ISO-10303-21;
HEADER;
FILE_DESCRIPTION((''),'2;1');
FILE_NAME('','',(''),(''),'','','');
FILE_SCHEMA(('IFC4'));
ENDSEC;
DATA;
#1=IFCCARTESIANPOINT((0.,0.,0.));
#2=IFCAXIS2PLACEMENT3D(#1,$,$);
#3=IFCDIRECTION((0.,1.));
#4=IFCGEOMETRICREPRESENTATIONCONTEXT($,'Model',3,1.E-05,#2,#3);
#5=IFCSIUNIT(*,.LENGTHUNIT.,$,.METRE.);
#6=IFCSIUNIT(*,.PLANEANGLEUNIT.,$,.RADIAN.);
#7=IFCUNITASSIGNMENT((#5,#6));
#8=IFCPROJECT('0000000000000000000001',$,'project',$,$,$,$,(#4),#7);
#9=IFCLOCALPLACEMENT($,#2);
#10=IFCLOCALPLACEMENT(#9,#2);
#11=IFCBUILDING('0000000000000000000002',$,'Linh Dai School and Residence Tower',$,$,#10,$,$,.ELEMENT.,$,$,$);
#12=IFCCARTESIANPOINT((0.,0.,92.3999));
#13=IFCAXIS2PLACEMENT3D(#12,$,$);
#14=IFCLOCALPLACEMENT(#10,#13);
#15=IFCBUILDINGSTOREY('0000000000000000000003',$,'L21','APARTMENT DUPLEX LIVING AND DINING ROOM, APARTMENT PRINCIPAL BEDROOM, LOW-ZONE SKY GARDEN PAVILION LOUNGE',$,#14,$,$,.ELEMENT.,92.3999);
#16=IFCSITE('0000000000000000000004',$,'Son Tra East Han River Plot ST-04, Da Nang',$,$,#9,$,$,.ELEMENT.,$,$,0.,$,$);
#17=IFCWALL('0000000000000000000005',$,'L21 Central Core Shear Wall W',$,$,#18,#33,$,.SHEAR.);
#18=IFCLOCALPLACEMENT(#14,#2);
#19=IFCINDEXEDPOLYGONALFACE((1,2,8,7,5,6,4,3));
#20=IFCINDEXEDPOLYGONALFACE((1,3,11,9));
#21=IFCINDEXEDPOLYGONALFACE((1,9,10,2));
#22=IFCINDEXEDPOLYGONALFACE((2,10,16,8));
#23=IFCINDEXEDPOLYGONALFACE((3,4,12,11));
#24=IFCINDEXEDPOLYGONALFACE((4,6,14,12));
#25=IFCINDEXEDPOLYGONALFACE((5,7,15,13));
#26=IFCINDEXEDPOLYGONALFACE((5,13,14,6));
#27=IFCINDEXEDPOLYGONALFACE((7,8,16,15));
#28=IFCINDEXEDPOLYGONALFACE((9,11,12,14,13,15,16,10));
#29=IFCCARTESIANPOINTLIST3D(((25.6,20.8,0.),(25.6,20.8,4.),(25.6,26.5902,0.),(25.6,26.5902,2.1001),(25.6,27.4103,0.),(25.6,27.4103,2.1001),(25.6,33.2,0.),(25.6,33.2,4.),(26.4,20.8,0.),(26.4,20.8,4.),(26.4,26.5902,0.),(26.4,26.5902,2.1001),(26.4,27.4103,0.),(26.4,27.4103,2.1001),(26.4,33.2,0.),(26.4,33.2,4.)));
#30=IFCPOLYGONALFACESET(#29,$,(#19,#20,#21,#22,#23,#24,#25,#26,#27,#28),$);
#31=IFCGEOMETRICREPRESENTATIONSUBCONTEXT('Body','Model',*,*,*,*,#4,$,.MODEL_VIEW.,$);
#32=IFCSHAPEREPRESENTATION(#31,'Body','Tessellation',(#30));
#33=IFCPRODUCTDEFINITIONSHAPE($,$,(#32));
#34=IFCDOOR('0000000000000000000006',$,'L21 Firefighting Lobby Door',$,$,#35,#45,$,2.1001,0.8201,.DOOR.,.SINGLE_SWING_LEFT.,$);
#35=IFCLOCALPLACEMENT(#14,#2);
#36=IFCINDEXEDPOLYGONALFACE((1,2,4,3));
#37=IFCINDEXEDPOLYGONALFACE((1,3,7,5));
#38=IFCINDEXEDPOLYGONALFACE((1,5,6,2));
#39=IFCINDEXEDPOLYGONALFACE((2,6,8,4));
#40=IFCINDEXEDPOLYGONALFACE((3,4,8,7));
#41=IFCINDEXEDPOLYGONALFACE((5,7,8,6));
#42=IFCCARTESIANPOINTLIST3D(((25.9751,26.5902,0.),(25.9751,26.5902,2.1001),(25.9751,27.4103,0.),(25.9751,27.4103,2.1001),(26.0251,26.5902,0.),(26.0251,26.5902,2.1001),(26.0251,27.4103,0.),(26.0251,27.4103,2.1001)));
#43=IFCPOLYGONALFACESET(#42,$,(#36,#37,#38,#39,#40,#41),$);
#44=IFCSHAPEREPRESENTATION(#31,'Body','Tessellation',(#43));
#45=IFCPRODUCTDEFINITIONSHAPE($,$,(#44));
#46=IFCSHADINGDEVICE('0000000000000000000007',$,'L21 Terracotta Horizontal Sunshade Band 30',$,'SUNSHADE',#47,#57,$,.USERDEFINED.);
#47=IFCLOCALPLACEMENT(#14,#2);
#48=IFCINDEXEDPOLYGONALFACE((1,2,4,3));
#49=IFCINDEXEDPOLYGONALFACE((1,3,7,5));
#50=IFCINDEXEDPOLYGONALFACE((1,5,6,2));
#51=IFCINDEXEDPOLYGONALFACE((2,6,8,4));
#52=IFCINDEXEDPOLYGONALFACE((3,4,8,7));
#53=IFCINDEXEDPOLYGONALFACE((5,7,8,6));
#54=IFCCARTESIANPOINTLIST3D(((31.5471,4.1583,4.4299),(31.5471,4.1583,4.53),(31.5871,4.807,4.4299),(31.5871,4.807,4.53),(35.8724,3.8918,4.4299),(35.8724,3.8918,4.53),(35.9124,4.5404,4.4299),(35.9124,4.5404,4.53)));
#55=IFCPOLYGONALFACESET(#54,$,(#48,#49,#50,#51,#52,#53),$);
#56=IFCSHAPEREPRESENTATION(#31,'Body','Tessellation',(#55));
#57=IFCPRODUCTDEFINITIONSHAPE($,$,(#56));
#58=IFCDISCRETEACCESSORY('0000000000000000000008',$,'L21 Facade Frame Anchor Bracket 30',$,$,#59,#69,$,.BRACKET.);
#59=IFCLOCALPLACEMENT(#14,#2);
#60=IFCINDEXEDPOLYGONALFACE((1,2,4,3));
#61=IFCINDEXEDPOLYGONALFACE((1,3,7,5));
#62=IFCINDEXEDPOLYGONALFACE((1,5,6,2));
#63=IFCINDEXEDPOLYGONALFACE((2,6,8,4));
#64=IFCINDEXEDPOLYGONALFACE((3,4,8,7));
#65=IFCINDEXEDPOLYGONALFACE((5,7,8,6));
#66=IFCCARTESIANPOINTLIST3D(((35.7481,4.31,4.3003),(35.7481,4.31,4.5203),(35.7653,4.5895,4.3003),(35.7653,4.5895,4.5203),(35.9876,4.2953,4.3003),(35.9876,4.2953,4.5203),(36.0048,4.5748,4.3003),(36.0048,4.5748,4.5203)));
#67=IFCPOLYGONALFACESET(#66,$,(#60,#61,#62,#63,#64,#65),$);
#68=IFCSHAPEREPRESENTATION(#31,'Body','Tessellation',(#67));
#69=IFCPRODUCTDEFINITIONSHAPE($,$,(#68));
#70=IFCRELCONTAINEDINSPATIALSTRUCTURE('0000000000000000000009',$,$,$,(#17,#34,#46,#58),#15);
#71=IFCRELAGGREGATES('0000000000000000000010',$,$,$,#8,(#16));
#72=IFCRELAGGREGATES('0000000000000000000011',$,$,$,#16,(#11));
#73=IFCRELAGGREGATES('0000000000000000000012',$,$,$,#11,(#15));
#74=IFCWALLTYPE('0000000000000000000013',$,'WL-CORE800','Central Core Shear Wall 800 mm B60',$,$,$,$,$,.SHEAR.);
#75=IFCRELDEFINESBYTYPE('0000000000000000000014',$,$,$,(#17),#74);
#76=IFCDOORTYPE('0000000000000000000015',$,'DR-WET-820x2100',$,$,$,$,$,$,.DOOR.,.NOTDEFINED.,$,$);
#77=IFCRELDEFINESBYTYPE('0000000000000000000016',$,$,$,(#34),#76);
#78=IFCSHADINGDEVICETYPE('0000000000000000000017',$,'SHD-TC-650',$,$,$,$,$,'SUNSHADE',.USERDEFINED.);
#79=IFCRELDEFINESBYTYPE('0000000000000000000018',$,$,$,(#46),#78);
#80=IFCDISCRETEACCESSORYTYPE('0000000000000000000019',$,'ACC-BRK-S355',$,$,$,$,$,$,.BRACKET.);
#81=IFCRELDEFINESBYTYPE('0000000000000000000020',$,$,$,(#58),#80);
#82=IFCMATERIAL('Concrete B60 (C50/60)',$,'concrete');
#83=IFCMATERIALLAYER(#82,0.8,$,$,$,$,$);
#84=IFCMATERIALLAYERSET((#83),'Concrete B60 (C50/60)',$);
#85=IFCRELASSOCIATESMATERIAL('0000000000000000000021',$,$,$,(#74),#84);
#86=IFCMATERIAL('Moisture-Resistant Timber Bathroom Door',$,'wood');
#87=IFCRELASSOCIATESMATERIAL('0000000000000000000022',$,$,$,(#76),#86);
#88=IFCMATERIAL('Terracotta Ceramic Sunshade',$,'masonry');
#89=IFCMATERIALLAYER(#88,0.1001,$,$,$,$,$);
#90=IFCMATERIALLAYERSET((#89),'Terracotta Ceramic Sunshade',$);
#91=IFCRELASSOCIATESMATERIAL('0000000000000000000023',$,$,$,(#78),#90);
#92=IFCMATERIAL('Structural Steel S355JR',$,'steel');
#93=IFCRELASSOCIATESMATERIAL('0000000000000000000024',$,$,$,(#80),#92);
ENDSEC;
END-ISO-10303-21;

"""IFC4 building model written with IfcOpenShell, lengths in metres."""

from ifc_helpers import new_model, si_unit, direction, frame, frame_2d, origin, origin_2d, place, context, subcontext, project, spatial, rectangle, extrude, source, transform, mapped, material, layer, layer_set, type_object, element, fill, save


model = new_model("IFC4")

# Units and contexts
model_context = context("Model", 3, precision=1e-05, world=origin(), true_north=direction((0.0, 1.0)))
body_context = subcontext(model_context, "Body", "Model", "MODEL_VIEW")
ifc_project = project(units=[si_unit("LENGTHUNIT", "METRE"), si_unit("PLANEANGLEUNIT", "RADIAN")], contexts=[model_context])

# Site, building, storey
site_placement = place(None, origin())
site = spatial("IfcSite", under=ifc_project, at=site_placement, Name="Son Tra East Han River Plot ST-04, Da Nang", CompositionType="ELEMENT", RefElevation=0.0)
building_placement = place(site_placement, origin())
building = spatial("IfcBuilding", under=site, at=building_placement, Name="Linh Dai School and Residence Tower", CompositionType="ELEMENT")
storey_placement = place(building_placement, frame((0.0, 0.0, 92.3999)))
storey = spatial("IfcBuildingStorey", under=building, at=storey_placement, Name="L21", Description="APARTMENT DUPLEX LIVING AND DINING ROOM, APARTMENT PRINCIPAL BEDROOM, LOW-ZONE SKY GARDEN PAVILION LOUNGE", CompositionType="ELEMENT", Elevation=92.3999)

# Shared definitions
ifc_material_1 = material(Name="Concrete B60 (C50/60)", Category="concrete")
ifc_material_2 = material(Name="Structural Steel S355JR", Category="steel")

# Wall, opening, door
ifc_layer_1 = layer(ifc_material_1, 0.8)
ifc_layer_set_1 = layer_set([ifc_layer_1], Name="Concrete B60 (C50/60)")
wall_type_1 = type_object("IfcWallType", Name="WL-CORE800", Description="Central Core Shear Wall 800 mm B60", PredefinedType="SHEAR", material=ifc_layer_set_1)
wall_1_placement = place(storey_placement, frame((26.0, 20.8, 0.0), z_axis=(0.0, 0.0, 1.0), x_axis=(0.0, 1.0, 0.0)))
wall_1 = element("IfcWall", 1, at=wall_1_placement, inside=storey, type_object=wall_type_1, Name="L21 Central Core Shear Wall W", PredefinedType="SHEAR", context=body_context, shape_type="SweptSolid", body=[
    extrude(rectangle(XDim=12.3999, YDim=0.8, at=frame_2d((6.2, 0.0))), origin(), (0.0, 0.0, 1.0), 4.0),
])
opening_1_placement = place(wall_1_placement, frame((5.79, 0.0, 0.0)))
opening_1 = element("IfcOpeningElement", 2, at=opening_1_placement, cuts=wall_1, PredefinedType="OPENING", context=body_context, shape_type="SweptSolid", body=[
    extrude(rectangle(XDim=0.8201, YDim=2.1001, at=origin_2d()), frame((0.4102, 0.4102, 1.05), z_axis=(0.0, -1.0, 0.0), x_axis=(1.0, 0.0, 0.0)), (0.0, 0.0, 1.0), 0.8201),
])
ifc_material_3 = material(Name="Moisture-Resistant Timber Bathroom Door", Category="wood")
door_type_1 = type_object("IfcDoorType", Name="DR-WET-820x2100", OperationType="NOTDEFINED", PredefinedType="DOOR", material=ifc_material_3)
shared_shape_1 = source(origin(), body_context, "Body", "SweptSolid", [
    extrude(rectangle(XDim=0.8201, YDim=2.1001, at=origin_2d()), frame((0.4102, 0.0249, 1.05), z_axis=(0.0, -1.0, 0.0), x_axis=(1.0, 0.0, 0.0)), (0.0, 0.0, 1.0), 0.05),
])
door_1_placement = place(opening_1_placement, origin())
door_1 = element("IfcDoor", 3, at=door_1_placement, inside=storey, type_object=door_type_1, Name="L21 Firefighting Lobby Door", OperationType="SINGLE_SWING_LEFT", OverallHeight=2.1001, OverallWidth=0.8201, PredefinedType="DOOR", context=body_context, shape_type="MappedRepresentation", body=[
    mapped(shared_shape_1, transform((0.0, 0.0, 0.0), x_axis=(1.0, 0.0, 0.0), y_axis=(0.0, 1.0, 0.0), z_axis=(0.0, 0.0, 1.0), scale=1.0)),
])
fill(opening_1, door_1)

# Shading device
ifc_material_4 = material(Name="Terracotta Ceramic Sunshade", Category="masonry")
ifc_layer_2 = layer(ifc_material_4, 0.1001)
ifc_layer_set_2 = layer_set([ifc_layer_2], Name="Terracotta Ceramic Sunshade")
shading_device_type = type_object("IfcShadingDeviceType", Name="SHD-TC-650", ElementType="SUNSHADE", PredefinedType="USERDEFINED", material=ifc_layer_set_2)
shared_shape_2 = source(origin(), body_context, "Body", "SweptSolid", [
    extrude(rectangle(XDim=4.3335, YDim=0.6499, at=origin_2d()), origin(), (0.0, 0.0, 1.0), 0.1001),
])
shading_device_placement = place(storey_placement, frame((33.7297, 4.3494, 4.4299), z_axis=(0.0, 0.0, 1.0), x_axis=(-0.998107, 0.061509, 0.0)))
element("IfcShadingDevice", 4, at=shading_device_placement, inside=storey, type_object=shading_device_type, Name="L21 Terracotta Horizontal Sunshade Band 30", ObjectType="SUNSHADE", PredefinedType="USERDEFINED", context=body_context, shape_type="MappedRepresentation", body=[
    mapped(shared_shape_2, transform((0.0, 0.0, 0.0), x_axis=(1.0, 0.0, 0.0), y_axis=(0.0, 1.0, 0.0), z_axis=(0.0, 0.0, 1.0), scale=1.0)),
])

# Discrete accessory
discrete_accessory_type = type_object("IfcDiscreteAccessoryType", Name="ACC-BRK-S355", PredefinedType="BRACKET", material=ifc_material_2)
shared_shape_3 = source(origin(), body_context, "Body", "SweptSolid", [
    extrude(rectangle(XDim=0.28, YDim=0.24, at=origin_2d()), origin(), (0.0, 0.0, 1.0), 0.22),
])
discrete_accessory_placement = place(storey_placement, frame((35.8765, 4.4424, 4.3003), z_axis=(0.0, 0.0, 1.0), x_axis=(-0.061509, -0.998107, 0.0)))
element("IfcDiscreteAccessory", 5, at=discrete_accessory_placement, inside=storey, type_object=discrete_accessory_type, Name="L21 Facade Frame Anchor Bracket 30", PredefinedType="BRACKET", context=body_context, shape_type="MappedRepresentation", body=[
    mapped(shared_shape_3, transform((0.0, 0.0, 0.0), x_axis=(1.0, 0.0, 0.0), y_axis=(0.0, 1.0, 0.0), z_axis=(0.0, 0.0, 1.0), scale=1.0)),
])

save(model, "model.ifc")
